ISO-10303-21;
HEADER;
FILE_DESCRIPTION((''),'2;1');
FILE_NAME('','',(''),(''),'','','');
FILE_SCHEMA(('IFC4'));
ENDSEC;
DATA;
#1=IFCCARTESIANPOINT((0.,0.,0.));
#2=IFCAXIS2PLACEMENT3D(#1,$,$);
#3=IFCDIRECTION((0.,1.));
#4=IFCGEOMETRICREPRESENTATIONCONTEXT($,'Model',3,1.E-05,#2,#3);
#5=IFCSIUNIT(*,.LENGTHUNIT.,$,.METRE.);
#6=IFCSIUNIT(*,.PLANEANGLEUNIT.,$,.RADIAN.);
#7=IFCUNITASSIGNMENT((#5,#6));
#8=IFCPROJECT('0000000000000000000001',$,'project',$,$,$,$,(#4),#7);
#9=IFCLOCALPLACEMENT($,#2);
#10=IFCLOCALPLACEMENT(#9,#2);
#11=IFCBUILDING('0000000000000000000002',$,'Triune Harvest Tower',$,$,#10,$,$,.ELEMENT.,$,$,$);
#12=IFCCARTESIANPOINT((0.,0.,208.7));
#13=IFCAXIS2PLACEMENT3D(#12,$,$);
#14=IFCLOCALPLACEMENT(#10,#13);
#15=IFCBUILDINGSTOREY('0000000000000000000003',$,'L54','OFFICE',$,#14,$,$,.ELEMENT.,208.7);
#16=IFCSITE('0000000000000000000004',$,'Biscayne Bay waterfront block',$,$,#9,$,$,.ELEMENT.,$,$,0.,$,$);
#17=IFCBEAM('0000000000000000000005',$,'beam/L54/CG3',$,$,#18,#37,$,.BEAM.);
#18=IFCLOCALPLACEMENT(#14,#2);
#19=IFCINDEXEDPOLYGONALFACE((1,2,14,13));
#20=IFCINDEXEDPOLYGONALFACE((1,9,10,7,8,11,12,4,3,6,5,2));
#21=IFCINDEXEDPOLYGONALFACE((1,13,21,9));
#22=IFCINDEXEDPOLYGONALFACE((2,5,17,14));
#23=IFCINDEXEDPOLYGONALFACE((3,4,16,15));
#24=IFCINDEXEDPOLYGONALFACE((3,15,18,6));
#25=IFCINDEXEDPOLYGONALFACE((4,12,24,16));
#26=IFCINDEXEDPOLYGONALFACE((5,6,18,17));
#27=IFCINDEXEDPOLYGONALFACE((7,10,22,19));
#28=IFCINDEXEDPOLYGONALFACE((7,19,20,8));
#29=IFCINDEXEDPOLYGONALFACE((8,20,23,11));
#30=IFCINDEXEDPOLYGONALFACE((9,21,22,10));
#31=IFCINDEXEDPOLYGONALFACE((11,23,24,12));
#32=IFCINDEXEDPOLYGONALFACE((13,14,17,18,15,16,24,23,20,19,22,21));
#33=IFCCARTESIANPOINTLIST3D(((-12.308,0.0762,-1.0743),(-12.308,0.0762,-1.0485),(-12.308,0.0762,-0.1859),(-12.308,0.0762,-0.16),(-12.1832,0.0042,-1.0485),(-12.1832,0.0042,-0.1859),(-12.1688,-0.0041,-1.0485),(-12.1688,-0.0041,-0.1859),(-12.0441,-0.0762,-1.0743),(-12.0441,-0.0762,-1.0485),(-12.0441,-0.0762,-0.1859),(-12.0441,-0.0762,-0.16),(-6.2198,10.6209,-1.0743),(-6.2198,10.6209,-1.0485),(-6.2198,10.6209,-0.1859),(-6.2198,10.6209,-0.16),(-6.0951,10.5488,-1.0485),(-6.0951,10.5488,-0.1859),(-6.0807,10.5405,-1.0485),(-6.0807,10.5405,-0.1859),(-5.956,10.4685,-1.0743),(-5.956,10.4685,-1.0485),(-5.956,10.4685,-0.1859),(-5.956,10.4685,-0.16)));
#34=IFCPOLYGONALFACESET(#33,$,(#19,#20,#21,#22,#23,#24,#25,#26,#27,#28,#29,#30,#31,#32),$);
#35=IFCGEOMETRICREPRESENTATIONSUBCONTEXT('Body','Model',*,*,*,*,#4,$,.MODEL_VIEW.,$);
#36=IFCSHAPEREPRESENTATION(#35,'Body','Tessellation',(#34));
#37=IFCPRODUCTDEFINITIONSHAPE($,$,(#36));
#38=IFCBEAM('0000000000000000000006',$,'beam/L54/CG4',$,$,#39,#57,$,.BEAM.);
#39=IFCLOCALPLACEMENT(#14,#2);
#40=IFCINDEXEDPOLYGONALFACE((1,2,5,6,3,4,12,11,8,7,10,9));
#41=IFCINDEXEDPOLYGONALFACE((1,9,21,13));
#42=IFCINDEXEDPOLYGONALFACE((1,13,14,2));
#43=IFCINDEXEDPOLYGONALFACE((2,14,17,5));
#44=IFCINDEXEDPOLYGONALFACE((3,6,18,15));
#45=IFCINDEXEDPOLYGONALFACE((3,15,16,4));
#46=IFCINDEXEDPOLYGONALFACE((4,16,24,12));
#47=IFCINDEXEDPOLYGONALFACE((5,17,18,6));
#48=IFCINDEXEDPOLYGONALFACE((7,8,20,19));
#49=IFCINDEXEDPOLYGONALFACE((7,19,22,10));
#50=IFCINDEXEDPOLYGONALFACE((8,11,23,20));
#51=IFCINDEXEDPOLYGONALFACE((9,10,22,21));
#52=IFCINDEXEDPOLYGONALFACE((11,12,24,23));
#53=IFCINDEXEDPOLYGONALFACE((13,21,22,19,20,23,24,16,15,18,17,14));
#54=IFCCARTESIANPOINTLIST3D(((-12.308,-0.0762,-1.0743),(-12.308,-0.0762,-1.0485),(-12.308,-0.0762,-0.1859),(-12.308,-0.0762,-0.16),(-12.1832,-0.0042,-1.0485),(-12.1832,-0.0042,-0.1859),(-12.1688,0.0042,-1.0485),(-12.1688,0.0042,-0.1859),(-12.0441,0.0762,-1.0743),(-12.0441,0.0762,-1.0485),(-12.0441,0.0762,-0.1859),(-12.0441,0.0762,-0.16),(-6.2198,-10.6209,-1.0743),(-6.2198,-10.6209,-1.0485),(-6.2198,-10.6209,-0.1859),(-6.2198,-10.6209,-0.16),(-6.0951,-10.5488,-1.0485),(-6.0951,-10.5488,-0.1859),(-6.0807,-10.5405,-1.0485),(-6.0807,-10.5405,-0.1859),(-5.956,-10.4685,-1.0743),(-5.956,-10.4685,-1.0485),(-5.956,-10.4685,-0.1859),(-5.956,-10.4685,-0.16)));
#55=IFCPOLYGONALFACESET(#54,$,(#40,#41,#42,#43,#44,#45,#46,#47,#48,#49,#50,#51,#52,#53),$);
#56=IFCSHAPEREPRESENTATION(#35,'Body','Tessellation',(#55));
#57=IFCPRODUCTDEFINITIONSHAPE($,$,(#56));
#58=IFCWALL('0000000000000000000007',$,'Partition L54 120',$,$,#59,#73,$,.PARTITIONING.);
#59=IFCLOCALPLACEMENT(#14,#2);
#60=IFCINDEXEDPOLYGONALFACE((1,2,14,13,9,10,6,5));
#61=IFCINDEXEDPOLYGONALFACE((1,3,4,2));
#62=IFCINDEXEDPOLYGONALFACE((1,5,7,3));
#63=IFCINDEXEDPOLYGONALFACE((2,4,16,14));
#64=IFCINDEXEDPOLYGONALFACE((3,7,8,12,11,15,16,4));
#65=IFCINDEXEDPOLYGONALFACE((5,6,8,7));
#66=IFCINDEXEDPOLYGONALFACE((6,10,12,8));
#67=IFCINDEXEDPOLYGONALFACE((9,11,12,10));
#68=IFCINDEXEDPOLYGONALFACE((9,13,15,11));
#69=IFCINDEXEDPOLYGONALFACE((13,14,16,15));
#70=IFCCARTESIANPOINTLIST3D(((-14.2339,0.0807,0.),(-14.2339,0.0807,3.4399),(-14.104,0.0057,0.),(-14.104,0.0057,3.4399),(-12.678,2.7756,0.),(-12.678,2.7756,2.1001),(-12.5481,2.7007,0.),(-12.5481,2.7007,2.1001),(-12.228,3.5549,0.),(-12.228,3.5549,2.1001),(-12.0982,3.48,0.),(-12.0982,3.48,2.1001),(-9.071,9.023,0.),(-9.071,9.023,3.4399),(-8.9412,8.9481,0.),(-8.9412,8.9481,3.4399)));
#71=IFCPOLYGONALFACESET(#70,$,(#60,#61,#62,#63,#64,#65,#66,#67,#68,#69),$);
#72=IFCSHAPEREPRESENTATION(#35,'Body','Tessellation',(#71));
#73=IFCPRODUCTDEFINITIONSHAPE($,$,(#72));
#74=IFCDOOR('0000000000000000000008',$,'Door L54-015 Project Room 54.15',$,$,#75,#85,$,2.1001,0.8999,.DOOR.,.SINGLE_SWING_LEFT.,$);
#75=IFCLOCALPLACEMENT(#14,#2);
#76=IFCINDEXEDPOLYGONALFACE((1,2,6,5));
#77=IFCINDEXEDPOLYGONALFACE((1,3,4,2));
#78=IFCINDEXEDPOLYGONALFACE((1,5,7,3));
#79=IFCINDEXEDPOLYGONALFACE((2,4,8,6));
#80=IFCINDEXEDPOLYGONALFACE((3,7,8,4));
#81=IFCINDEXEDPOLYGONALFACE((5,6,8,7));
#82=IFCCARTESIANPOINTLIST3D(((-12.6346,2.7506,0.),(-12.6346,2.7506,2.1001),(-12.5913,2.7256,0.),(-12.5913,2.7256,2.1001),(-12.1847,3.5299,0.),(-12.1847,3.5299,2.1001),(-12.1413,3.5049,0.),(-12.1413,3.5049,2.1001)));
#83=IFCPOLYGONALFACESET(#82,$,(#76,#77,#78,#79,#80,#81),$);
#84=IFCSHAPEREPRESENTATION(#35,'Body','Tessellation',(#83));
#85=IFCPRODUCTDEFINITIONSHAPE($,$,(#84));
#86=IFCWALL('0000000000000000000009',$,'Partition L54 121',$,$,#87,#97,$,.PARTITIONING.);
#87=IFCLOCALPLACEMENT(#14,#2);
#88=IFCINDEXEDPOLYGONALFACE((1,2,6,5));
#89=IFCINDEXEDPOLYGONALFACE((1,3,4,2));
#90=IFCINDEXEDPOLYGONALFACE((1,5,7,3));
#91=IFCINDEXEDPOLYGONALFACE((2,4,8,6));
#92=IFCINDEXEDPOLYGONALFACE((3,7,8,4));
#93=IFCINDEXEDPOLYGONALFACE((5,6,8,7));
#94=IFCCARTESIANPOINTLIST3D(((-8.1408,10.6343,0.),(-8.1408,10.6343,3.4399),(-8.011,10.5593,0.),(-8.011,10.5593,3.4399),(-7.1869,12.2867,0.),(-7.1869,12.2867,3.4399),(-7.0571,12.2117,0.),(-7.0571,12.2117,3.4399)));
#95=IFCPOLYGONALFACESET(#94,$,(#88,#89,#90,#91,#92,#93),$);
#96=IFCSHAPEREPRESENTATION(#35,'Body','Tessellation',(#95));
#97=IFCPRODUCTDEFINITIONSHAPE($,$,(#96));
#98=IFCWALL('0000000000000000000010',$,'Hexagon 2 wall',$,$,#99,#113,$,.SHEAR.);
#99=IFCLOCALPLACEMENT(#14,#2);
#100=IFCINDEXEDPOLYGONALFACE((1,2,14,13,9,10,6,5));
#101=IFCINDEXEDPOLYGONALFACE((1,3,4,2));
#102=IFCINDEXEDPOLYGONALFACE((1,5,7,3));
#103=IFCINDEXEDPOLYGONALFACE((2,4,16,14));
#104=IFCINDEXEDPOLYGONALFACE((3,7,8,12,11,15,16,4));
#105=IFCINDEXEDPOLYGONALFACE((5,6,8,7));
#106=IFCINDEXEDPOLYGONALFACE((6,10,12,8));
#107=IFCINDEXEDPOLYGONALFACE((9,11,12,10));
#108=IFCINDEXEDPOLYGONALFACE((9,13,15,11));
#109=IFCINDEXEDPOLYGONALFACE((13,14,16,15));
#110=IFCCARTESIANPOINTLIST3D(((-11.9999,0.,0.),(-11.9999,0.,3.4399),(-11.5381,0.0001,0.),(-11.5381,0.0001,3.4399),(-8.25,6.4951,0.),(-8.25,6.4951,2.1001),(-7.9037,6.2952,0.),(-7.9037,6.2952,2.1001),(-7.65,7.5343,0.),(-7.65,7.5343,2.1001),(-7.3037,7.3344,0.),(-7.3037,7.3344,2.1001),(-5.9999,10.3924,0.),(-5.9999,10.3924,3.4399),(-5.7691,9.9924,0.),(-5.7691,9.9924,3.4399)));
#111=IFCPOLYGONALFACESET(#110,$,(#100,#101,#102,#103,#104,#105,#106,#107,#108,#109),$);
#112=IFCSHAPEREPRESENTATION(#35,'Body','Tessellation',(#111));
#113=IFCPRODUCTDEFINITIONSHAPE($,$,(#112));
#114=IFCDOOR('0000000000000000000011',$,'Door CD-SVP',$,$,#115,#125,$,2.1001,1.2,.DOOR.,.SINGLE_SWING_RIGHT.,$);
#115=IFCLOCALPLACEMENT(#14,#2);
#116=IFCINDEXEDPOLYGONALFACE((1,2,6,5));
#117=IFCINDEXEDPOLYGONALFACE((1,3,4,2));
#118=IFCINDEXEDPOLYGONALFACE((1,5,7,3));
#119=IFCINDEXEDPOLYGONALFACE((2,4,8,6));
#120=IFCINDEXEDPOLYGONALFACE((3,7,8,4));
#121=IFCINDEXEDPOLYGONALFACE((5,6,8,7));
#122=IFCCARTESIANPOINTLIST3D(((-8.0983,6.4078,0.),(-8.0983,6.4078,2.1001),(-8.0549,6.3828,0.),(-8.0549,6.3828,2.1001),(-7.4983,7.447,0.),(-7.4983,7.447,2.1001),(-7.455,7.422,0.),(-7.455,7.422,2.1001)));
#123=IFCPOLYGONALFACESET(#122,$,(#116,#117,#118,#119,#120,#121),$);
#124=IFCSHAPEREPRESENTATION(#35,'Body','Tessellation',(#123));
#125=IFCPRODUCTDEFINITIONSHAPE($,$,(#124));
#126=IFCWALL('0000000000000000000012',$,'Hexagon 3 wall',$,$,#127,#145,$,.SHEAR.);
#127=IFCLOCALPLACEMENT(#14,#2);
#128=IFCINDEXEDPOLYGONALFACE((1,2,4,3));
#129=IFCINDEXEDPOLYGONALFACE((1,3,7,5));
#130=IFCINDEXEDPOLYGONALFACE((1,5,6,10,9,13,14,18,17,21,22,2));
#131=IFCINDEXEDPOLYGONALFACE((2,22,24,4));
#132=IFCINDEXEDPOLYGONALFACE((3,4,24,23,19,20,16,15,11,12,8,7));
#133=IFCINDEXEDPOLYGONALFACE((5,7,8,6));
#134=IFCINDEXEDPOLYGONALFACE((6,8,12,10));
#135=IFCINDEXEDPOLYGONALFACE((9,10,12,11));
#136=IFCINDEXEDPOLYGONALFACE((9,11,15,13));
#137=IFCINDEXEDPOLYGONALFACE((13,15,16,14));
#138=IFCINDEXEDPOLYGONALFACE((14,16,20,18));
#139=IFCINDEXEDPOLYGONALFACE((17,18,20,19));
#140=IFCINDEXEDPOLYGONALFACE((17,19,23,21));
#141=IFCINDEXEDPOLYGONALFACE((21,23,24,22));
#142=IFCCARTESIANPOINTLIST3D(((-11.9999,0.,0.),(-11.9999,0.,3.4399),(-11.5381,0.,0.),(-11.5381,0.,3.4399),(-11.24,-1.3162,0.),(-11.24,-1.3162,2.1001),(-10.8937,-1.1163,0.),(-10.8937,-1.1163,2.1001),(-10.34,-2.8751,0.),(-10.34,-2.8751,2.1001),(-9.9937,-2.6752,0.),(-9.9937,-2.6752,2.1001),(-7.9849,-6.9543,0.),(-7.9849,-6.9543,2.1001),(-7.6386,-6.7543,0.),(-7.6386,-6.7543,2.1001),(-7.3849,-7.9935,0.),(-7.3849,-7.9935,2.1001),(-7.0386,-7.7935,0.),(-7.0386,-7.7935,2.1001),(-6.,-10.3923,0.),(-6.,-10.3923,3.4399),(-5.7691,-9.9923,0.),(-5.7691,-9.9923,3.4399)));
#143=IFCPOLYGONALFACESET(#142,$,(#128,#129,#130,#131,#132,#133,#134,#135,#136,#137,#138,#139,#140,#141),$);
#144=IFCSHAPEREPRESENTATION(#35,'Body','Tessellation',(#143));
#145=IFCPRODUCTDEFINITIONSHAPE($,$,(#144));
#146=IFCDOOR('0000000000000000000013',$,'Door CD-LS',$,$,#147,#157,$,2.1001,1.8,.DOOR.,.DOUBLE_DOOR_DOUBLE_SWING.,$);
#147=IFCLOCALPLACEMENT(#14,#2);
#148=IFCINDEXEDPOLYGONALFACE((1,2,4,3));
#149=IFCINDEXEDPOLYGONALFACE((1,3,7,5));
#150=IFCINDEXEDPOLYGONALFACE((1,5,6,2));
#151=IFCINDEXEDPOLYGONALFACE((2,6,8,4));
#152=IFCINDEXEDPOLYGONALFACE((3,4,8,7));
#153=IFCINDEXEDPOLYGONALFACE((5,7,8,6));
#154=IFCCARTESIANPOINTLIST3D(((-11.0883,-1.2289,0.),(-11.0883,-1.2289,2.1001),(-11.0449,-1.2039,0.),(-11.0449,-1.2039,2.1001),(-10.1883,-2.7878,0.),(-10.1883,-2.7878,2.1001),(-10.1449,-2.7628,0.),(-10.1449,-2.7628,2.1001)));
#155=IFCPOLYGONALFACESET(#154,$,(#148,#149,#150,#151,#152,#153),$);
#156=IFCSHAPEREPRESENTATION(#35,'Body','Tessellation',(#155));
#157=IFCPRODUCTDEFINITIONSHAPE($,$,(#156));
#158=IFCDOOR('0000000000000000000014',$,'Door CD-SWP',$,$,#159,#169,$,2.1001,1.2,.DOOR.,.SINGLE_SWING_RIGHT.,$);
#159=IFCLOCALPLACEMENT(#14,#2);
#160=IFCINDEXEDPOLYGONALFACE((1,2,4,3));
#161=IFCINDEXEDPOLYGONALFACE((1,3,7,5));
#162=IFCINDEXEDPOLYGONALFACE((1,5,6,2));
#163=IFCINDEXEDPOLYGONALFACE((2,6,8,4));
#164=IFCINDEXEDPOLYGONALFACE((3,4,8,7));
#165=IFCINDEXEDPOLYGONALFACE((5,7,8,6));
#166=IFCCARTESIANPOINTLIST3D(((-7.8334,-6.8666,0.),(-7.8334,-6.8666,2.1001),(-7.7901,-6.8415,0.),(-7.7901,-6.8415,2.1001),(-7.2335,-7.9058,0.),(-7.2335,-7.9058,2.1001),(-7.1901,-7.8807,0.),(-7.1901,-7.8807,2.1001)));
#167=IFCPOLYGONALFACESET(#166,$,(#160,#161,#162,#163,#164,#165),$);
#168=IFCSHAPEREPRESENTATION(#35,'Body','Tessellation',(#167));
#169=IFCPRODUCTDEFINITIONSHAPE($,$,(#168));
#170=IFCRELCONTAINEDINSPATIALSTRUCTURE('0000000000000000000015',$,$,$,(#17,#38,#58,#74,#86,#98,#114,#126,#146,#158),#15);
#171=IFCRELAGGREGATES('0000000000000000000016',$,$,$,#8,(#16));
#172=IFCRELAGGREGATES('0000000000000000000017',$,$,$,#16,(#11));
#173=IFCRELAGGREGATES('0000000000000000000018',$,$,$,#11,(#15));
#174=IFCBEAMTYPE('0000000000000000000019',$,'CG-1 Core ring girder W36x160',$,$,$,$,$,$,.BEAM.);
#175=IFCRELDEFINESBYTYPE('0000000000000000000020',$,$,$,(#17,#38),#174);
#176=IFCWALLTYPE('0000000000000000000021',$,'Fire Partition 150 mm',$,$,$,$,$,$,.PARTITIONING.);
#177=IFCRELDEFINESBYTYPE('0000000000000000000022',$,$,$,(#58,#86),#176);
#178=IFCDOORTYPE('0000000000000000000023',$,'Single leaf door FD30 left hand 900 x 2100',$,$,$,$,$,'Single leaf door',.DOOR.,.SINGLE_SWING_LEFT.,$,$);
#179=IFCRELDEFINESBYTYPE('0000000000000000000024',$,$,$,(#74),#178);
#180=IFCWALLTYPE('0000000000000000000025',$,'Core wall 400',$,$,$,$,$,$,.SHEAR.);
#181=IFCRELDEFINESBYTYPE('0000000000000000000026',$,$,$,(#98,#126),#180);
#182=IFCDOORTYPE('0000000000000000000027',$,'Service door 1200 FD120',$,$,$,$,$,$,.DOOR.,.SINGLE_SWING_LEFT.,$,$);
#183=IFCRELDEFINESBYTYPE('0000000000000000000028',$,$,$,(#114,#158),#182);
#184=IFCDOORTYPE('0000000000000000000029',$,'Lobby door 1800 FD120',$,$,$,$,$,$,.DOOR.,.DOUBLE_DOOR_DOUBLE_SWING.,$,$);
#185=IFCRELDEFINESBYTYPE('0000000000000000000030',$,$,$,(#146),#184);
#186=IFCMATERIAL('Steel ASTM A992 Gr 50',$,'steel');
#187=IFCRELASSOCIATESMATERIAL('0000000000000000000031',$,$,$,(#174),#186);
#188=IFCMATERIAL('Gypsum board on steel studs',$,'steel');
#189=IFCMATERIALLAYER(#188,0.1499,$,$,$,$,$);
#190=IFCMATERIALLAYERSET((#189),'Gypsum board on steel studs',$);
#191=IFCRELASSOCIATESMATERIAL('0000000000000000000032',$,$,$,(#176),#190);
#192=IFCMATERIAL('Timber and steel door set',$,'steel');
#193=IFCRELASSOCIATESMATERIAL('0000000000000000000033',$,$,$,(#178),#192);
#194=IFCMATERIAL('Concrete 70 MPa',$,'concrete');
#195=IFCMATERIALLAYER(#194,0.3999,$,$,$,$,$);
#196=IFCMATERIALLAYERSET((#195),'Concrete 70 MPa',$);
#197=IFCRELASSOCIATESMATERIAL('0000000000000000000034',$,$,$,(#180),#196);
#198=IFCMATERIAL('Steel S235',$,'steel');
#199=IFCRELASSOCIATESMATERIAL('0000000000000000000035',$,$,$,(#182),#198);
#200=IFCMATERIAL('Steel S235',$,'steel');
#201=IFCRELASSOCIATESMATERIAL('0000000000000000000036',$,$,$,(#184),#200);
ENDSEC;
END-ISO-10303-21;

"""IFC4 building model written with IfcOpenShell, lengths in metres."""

from ifc_helpers import new_model, si_unit, direction, frame, frame_2d, origin, origin_2d, place, context, subcontext, project, spatial, polyline, rectangle, i_section, outline, extrude, source, transform, mapped, material, layer, layer_set, material_profile, profile_set, type_object, element, fill, save


model = new_model("IFC4")

# Units and contexts
model_context = context("Model", 3, precision=1e-05, world=origin(), true_north=direction((0.0, 1.0)))
body_context = subcontext(model_context, "Body", "Model", "MODEL_VIEW")
ifc_project = project(units=[si_unit("LENGTHUNIT", "METRE"), si_unit("PLANEANGLEUNIT", "RADIAN")], contexts=[model_context])

# Site, building, storey
site_placement = place(None, origin())
site = spatial("IfcSite", under=ifc_project, at=site_placement, Name="Biscayne Bay waterfront block", CompositionType="ELEMENT", RefElevation=0.0)
building_placement = place(site_placement, origin())
building = spatial("IfcBuilding", under=site, at=building_placement, Name="Triune Harvest Tower", CompositionType="ELEMENT")
storey_placement = place(building_placement, frame((0.0, 0.0, 208.7)))
storey = spatial("IfcBuildingStorey", under=building, at=storey_placement, Name="L54", Description="OFFICE", CompositionType="ELEMENT", Elevation=208.7)

# Beams
ifc_material_1 = material(Name="Steel ASTM A992 Gr 50", Category="steel")
ifc_material_profile = material_profile(ifc_material_1, i_section(OverallWidth=0.3047, OverallDepth=0.9143, WebThickness=0.0166, FlangeThickness=0.0259, at=origin_2d()), Name="W36x160")
ifc_profile_set = profile_set([ifc_material_profile], Name="Steel ASTM A992 Gr 50")
beam_type = type_object("IfcBeamType", Name="CG-1 Core ring girder W36x160", PredefinedType="BEAM", material=ifc_profile_set)
shared_shape_1 = source(origin(), body_context, "Body", "SweptSolid", [
    extrude(i_section(OverallWidth=0.3047, OverallDepth=0.9143, WebThickness=0.0166, FlangeThickness=0.0259, at=origin_2d()), origin(), (0.0, 0.0, 1.0), 12.176),
])
for number, where, z_axis, x_axis, name in (
    (1, (-6.0879, 10.5447, -0.6172), (-0.50001, -0.86602, 0.0), (0.86602, -0.50001, 0.0), "beam/L54/CG3"),
    (2, (-12.176, 0.0, -0.6172), (0.50001, -0.86602, 0.0), (0.86602, 0.50001, 0.0), "beam/L54/CG4"),
):
    element("IfcBeam", number, at=place(storey_placement, frame(where, z_axis=z_axis, x_axis=x_axis)), inside=storey, type_object=beam_type, Name=name, PredefinedType="BEAM", context=body_context, shape_type="MappedRepresentation", body=[
        mapped(shared_shape_1, transform((0.0, 0.0, 0.0), scale=1.0)),
    ])

# Wall, opening, door
ifc_material_2 = material(Name="Gypsum board on steel studs", Category="steel")
ifc_layer_1 = layer(ifc_material_2, 0.1499)
ifc_layer_set_1 = layer_set([ifc_layer_1], Name="Gypsum board on steel studs")
wall_type_1 = type_object("IfcWallType", Name="Fire Partition 150 mm", PredefinedType="PARTITIONING", material=ifc_layer_set_1)
wall_1_placement = place(storey_placement, frame((-14.1689, 0.0432, 0.0), z_axis=(0.0, 0.0, 1.0), x_axis=(0.499997, 0.866027, 0.0)))
wall_1 = element("IfcWall", 3, at=wall_1_placement, inside=storey, type_object=wall_type_1, Name="Partition L54 120", PredefinedType="PARTITIONING", context=body_context, shape_type="SweptSolid", body=[
    extrude(rectangle(XDim=10.3257, YDim=0.1499, at=frame_2d((5.1628, 0.0))), origin(), (0.0, 0.0, 1.0), 3.4399),
])
opening_1_placement = place(wall_1_placement, frame((3.1118, 0.0, 0.0)))
opening_1 = element("IfcOpeningElement", 4, at=opening_1_placement, cuts=wall_1, PredefinedType="OPENING", context=body_context, shape_type="SweptSolid", body=[
    extrude(rectangle(XDim=0.8999, YDim=2.1001, at=frame_2d((0.45, 1.05))), frame((0.0, 0.085, 0.0), z_axis=(0.0, -1.0, 0.0), x_axis=(1.0, 0.0, 0.0)), (0.0, 0.0, 1.0), 0.1699),
])
ifc_material_3 = material(Name="Timber and steel door set", Category="steel")
door_type_1 = type_object("IfcDoorType", Name="Single leaf door FD30 left hand 900 x 2100", ElementType="Single leaf door", OperationType="SINGLE_SWING_LEFT", PredefinedType="DOOR", material=ifc_material_3)
door_1_placement = place(opening_1_placement, origin())
door_1 = element("IfcDoor", 5, at=door_1_placement, inside=storey, type_object=door_type_1, Name="Door L54-015 Project Room 54.15", OperationType="SINGLE_SWING_LEFT", OverallHeight=2.1001, OverallWidth=0.8999, PredefinedType="DOOR", context=body_context, shape_type="SweptSolid", body=[
    extrude(rectangle(XDim=0.8999, YDim=2.1001, at=frame_2d((0.45, 1.05))), frame((0.0, 0.0249, 0.0), z_axis=(0.0, -1.0, 0.0), x_axis=(1.0, 0.0, 0.0)), (0.0, 0.0, 1.0), 0.05),
])
fill(opening_1, door_1)

# Wall
wall_2_placement = place(storey_placement, frame((-8.0759, 10.5967, 0.0), z_axis=(0.0, 0.0, 1.0), x_axis=(0.499951, 0.866053, 0.0)))
element("IfcWall", 6, at=wall_2_placement, inside=storey, type_object=wall_type_1, Name="Partition L54 121", PredefinedType="PARTITIONING", context=body_context, shape_type="SweptSolid", body=[
    extrude(rectangle(XDim=1.908, YDim=0.1499, at=frame_2d((0.9541, 0.0))), origin(), (0.0, 0.0, 1.0), 3.4399),
])

# Wall, opening, door
ifc_material_4 = material(Name="Concrete 70 MPa", Category="concrete")
ifc_layer_2 = layer(ifc_material_4, 0.3999)
ifc_layer_set_2 = layer_set([ifc_layer_2], Name="Concrete 70 MPa")
wall_type_2 = type_object("IfcWallType", Name="Core wall 400", PredefinedType="SHEAR", material=ifc_layer_set_2)
shared_shape_2 = source(origin(), body_context, "Body", "SweptSolid", [
    extrude(outline(polyline([(-0.1155, -0.2), (11.8845, -0.2), (11.6536, 0.2), (0.1155, 0.2), (-0.1155, -0.2)])), origin(), (0.0, 0.0, 1.0), 3.4399),
])
wall_3_placement = place(storey_placement, frame((-5.8845, 10.1924, 0.0), z_axis=(0.0, 0.0, 1.0), x_axis=(-0.499997, -0.866027, 0.0)))
wall_3 = element("IfcWall", 7, at=wall_3_placement, inside=storey, type_object=wall_type_2, Name="Hexagon 2 wall", PredefinedType="SHEAR", context=body_context, shape_type="MappedRepresentation", body=[
    mapped(shared_shape_2, transform((0.0, 0.0, 0.0), scale=1.0)),
])
opening_2_placement = place(wall_3_placement, frame((3.1846, 0.0, 0.0)))
opening_2 = element("IfcOpeningElement", 8, at=opening_2_placement, cuts=wall_3, PredefinedType="OPENING", context=body_context, shape_type="SweptSolid", body=[
    extrude(rectangle(XDim=1.2, YDim=2.1001, at=frame_2d((0.6001, 1.05))), frame((0.0, 0.21, 0.0), z_axis=(0.0, -1.0, 0.0), x_axis=(1.0, 0.0, 0.0)), (0.0, 0.0, 1.0), 0.4199),
])
ifc_material_5 = material(Name="Steel S235", Category="steel")
door_type_2 = type_object("IfcDoorType", Name="Service door 1200 FD120", OperationType="SINGLE_SWING_LEFT", PredefinedType="DOOR", material=ifc_material_5)
door_2_placement = place(opening_2_placement, frame((1.2, 0.0, 0.0), z_axis=(0.0, 0.0, 1.0), x_axis=(-1.0, 0.0, 0.0)))
door_2 = element("IfcDoor", 9, at=door_2_placement, inside=storey, type_object=door_type_2, Name="Door CD-SVP", OperationType="SINGLE_SWING_RIGHT", OverallHeight=2.1001, OverallWidth=1.2, PredefinedType="DOOR", context=body_context, shape_type="SweptSolid", body=[
    extrude(rectangle(XDim=1.2, YDim=2.1001, at=frame_2d((0.6001, 1.05))), frame((0.0, 0.0249, 0.0), z_axis=(0.0, -1.0, 0.0), x_axis=(1.0, 0.0, 0.0)), (0.0, 0.0, 1.0), 0.05),
])
fill(opening_2, door_2)

# Wall, openings, doors
wall_4_placement = place(storey_placement, frame((-11.769, 0.0, 0.0), z_axis=(0.0, 0.0, 1.0), x_axis=(0.499997, -0.866027, 0.0)))
wall_4 = element("IfcWall", 10, at=wall_4_placement, inside=storey, type_object=wall_type_2, Name="Hexagon 3 wall", PredefinedType="SHEAR", context=body_context, shape_type="MappedRepresentation", body=[
    mapped(shared_shape_2, transform((0.0, 0.0, 0.0), scale=1.0)),
])
opening_3_placement = place(wall_4_placement, frame((1.4045, 0.0, 0.0)))
opening_3 = element("IfcOpeningElement", 11, at=opening_3_placement, cuts=wall_4, PredefinedType="OPENING", context=body_context, shape_type="SweptSolid", body=[
    extrude(rectangle(XDim=1.8, YDim=2.1001, at=frame_2d((0.8999, 1.05))), frame((0.0, 0.21, 0.0), z_axis=(0.0, -1.0, 0.0), x_axis=(1.0, 0.0, 0.0)), (0.0, 0.0, 1.0), 0.4199),
])
opening_4_placement = place(wall_4_placement, frame((7.9146, 0.0, 0.0)))
opening_4 = element("IfcOpeningElement", 12, at=opening_4_placement, cuts=wall_4, PredefinedType="OPENING", context=body_context, shape_type="SweptSolid", body=[
    extrude(rectangle(XDim=1.2, YDim=2.1001, at=frame_2d((0.6001, 1.05))), frame((0.0, 0.21, 0.0), z_axis=(0.0, -1.0, 0.0), x_axis=(1.0, 0.0, 0.0)), (0.0, 0.0, 1.0), 0.4199),
])
ifc_material_6 = material(Name="Steel S235", Category="steel")
door_type_3 = type_object("IfcDoorType", Name="Lobby door 1800 FD120", OperationType="DOUBLE_DOOR_DOUBLE_SWING", PredefinedType="DOOR", material=ifc_material_6)
door_3_placement = place(opening_3_placement, frame((1.8, 0.0, 0.0), z_axis=(0.0, 0.0, 1.0), x_axis=(-1.0, 0.0, 0.0)))
door_3 = element("IfcDoor", 13, at=door_3_placement, inside=storey, type_object=door_type_3, Name="Door CD-LS", OperationType="DOUBLE_DOOR_DOUBLE_SWING", OverallHeight=2.1001, OverallWidth=1.8, PredefinedType="DOOR", context=body_context, shape_type="SweptSolid", body=[
    extrude(rectangle(XDim=1.8, YDim=2.1001, at=frame_2d((0.8999, 1.05))), frame((0.0, 0.0249, 0.0), z_axis=(0.0, -1.0, 0.0), x_axis=(1.0, 0.0, 0.0)), (0.0, 0.0, 1.0), 0.05),
])
fill(opening_3, door_3)
door_4_placement = place(opening_4_placement, frame((1.2, 0.0, 0.0), z_axis=(0.0, 0.0, 1.0), x_axis=(-1.0, 0.0, 0.0)))
door_4 = element("IfcDoor", 14, at=door_4_placement, inside=storey, type_object=door_type_2, Name="Door CD-SWP", OperationType="SINGLE_SWING_RIGHT", OverallHeight=2.1001, OverallWidth=1.2, PredefinedType="DOOR", context=body_context, shape_type="SweptSolid", body=[
    extrude(rectangle(XDim=1.2, YDim=2.1001, at=frame_2d((0.6001, 1.05))), frame((0.0, 0.0249, 0.0), z_axis=(0.0, -1.0, 0.0), x_axis=(1.0, 0.0, 0.0)), (0.0, 0.0, 1.0), 0.05),
])
fill(opening_4, door_4)

save(model, "model.ifc")
